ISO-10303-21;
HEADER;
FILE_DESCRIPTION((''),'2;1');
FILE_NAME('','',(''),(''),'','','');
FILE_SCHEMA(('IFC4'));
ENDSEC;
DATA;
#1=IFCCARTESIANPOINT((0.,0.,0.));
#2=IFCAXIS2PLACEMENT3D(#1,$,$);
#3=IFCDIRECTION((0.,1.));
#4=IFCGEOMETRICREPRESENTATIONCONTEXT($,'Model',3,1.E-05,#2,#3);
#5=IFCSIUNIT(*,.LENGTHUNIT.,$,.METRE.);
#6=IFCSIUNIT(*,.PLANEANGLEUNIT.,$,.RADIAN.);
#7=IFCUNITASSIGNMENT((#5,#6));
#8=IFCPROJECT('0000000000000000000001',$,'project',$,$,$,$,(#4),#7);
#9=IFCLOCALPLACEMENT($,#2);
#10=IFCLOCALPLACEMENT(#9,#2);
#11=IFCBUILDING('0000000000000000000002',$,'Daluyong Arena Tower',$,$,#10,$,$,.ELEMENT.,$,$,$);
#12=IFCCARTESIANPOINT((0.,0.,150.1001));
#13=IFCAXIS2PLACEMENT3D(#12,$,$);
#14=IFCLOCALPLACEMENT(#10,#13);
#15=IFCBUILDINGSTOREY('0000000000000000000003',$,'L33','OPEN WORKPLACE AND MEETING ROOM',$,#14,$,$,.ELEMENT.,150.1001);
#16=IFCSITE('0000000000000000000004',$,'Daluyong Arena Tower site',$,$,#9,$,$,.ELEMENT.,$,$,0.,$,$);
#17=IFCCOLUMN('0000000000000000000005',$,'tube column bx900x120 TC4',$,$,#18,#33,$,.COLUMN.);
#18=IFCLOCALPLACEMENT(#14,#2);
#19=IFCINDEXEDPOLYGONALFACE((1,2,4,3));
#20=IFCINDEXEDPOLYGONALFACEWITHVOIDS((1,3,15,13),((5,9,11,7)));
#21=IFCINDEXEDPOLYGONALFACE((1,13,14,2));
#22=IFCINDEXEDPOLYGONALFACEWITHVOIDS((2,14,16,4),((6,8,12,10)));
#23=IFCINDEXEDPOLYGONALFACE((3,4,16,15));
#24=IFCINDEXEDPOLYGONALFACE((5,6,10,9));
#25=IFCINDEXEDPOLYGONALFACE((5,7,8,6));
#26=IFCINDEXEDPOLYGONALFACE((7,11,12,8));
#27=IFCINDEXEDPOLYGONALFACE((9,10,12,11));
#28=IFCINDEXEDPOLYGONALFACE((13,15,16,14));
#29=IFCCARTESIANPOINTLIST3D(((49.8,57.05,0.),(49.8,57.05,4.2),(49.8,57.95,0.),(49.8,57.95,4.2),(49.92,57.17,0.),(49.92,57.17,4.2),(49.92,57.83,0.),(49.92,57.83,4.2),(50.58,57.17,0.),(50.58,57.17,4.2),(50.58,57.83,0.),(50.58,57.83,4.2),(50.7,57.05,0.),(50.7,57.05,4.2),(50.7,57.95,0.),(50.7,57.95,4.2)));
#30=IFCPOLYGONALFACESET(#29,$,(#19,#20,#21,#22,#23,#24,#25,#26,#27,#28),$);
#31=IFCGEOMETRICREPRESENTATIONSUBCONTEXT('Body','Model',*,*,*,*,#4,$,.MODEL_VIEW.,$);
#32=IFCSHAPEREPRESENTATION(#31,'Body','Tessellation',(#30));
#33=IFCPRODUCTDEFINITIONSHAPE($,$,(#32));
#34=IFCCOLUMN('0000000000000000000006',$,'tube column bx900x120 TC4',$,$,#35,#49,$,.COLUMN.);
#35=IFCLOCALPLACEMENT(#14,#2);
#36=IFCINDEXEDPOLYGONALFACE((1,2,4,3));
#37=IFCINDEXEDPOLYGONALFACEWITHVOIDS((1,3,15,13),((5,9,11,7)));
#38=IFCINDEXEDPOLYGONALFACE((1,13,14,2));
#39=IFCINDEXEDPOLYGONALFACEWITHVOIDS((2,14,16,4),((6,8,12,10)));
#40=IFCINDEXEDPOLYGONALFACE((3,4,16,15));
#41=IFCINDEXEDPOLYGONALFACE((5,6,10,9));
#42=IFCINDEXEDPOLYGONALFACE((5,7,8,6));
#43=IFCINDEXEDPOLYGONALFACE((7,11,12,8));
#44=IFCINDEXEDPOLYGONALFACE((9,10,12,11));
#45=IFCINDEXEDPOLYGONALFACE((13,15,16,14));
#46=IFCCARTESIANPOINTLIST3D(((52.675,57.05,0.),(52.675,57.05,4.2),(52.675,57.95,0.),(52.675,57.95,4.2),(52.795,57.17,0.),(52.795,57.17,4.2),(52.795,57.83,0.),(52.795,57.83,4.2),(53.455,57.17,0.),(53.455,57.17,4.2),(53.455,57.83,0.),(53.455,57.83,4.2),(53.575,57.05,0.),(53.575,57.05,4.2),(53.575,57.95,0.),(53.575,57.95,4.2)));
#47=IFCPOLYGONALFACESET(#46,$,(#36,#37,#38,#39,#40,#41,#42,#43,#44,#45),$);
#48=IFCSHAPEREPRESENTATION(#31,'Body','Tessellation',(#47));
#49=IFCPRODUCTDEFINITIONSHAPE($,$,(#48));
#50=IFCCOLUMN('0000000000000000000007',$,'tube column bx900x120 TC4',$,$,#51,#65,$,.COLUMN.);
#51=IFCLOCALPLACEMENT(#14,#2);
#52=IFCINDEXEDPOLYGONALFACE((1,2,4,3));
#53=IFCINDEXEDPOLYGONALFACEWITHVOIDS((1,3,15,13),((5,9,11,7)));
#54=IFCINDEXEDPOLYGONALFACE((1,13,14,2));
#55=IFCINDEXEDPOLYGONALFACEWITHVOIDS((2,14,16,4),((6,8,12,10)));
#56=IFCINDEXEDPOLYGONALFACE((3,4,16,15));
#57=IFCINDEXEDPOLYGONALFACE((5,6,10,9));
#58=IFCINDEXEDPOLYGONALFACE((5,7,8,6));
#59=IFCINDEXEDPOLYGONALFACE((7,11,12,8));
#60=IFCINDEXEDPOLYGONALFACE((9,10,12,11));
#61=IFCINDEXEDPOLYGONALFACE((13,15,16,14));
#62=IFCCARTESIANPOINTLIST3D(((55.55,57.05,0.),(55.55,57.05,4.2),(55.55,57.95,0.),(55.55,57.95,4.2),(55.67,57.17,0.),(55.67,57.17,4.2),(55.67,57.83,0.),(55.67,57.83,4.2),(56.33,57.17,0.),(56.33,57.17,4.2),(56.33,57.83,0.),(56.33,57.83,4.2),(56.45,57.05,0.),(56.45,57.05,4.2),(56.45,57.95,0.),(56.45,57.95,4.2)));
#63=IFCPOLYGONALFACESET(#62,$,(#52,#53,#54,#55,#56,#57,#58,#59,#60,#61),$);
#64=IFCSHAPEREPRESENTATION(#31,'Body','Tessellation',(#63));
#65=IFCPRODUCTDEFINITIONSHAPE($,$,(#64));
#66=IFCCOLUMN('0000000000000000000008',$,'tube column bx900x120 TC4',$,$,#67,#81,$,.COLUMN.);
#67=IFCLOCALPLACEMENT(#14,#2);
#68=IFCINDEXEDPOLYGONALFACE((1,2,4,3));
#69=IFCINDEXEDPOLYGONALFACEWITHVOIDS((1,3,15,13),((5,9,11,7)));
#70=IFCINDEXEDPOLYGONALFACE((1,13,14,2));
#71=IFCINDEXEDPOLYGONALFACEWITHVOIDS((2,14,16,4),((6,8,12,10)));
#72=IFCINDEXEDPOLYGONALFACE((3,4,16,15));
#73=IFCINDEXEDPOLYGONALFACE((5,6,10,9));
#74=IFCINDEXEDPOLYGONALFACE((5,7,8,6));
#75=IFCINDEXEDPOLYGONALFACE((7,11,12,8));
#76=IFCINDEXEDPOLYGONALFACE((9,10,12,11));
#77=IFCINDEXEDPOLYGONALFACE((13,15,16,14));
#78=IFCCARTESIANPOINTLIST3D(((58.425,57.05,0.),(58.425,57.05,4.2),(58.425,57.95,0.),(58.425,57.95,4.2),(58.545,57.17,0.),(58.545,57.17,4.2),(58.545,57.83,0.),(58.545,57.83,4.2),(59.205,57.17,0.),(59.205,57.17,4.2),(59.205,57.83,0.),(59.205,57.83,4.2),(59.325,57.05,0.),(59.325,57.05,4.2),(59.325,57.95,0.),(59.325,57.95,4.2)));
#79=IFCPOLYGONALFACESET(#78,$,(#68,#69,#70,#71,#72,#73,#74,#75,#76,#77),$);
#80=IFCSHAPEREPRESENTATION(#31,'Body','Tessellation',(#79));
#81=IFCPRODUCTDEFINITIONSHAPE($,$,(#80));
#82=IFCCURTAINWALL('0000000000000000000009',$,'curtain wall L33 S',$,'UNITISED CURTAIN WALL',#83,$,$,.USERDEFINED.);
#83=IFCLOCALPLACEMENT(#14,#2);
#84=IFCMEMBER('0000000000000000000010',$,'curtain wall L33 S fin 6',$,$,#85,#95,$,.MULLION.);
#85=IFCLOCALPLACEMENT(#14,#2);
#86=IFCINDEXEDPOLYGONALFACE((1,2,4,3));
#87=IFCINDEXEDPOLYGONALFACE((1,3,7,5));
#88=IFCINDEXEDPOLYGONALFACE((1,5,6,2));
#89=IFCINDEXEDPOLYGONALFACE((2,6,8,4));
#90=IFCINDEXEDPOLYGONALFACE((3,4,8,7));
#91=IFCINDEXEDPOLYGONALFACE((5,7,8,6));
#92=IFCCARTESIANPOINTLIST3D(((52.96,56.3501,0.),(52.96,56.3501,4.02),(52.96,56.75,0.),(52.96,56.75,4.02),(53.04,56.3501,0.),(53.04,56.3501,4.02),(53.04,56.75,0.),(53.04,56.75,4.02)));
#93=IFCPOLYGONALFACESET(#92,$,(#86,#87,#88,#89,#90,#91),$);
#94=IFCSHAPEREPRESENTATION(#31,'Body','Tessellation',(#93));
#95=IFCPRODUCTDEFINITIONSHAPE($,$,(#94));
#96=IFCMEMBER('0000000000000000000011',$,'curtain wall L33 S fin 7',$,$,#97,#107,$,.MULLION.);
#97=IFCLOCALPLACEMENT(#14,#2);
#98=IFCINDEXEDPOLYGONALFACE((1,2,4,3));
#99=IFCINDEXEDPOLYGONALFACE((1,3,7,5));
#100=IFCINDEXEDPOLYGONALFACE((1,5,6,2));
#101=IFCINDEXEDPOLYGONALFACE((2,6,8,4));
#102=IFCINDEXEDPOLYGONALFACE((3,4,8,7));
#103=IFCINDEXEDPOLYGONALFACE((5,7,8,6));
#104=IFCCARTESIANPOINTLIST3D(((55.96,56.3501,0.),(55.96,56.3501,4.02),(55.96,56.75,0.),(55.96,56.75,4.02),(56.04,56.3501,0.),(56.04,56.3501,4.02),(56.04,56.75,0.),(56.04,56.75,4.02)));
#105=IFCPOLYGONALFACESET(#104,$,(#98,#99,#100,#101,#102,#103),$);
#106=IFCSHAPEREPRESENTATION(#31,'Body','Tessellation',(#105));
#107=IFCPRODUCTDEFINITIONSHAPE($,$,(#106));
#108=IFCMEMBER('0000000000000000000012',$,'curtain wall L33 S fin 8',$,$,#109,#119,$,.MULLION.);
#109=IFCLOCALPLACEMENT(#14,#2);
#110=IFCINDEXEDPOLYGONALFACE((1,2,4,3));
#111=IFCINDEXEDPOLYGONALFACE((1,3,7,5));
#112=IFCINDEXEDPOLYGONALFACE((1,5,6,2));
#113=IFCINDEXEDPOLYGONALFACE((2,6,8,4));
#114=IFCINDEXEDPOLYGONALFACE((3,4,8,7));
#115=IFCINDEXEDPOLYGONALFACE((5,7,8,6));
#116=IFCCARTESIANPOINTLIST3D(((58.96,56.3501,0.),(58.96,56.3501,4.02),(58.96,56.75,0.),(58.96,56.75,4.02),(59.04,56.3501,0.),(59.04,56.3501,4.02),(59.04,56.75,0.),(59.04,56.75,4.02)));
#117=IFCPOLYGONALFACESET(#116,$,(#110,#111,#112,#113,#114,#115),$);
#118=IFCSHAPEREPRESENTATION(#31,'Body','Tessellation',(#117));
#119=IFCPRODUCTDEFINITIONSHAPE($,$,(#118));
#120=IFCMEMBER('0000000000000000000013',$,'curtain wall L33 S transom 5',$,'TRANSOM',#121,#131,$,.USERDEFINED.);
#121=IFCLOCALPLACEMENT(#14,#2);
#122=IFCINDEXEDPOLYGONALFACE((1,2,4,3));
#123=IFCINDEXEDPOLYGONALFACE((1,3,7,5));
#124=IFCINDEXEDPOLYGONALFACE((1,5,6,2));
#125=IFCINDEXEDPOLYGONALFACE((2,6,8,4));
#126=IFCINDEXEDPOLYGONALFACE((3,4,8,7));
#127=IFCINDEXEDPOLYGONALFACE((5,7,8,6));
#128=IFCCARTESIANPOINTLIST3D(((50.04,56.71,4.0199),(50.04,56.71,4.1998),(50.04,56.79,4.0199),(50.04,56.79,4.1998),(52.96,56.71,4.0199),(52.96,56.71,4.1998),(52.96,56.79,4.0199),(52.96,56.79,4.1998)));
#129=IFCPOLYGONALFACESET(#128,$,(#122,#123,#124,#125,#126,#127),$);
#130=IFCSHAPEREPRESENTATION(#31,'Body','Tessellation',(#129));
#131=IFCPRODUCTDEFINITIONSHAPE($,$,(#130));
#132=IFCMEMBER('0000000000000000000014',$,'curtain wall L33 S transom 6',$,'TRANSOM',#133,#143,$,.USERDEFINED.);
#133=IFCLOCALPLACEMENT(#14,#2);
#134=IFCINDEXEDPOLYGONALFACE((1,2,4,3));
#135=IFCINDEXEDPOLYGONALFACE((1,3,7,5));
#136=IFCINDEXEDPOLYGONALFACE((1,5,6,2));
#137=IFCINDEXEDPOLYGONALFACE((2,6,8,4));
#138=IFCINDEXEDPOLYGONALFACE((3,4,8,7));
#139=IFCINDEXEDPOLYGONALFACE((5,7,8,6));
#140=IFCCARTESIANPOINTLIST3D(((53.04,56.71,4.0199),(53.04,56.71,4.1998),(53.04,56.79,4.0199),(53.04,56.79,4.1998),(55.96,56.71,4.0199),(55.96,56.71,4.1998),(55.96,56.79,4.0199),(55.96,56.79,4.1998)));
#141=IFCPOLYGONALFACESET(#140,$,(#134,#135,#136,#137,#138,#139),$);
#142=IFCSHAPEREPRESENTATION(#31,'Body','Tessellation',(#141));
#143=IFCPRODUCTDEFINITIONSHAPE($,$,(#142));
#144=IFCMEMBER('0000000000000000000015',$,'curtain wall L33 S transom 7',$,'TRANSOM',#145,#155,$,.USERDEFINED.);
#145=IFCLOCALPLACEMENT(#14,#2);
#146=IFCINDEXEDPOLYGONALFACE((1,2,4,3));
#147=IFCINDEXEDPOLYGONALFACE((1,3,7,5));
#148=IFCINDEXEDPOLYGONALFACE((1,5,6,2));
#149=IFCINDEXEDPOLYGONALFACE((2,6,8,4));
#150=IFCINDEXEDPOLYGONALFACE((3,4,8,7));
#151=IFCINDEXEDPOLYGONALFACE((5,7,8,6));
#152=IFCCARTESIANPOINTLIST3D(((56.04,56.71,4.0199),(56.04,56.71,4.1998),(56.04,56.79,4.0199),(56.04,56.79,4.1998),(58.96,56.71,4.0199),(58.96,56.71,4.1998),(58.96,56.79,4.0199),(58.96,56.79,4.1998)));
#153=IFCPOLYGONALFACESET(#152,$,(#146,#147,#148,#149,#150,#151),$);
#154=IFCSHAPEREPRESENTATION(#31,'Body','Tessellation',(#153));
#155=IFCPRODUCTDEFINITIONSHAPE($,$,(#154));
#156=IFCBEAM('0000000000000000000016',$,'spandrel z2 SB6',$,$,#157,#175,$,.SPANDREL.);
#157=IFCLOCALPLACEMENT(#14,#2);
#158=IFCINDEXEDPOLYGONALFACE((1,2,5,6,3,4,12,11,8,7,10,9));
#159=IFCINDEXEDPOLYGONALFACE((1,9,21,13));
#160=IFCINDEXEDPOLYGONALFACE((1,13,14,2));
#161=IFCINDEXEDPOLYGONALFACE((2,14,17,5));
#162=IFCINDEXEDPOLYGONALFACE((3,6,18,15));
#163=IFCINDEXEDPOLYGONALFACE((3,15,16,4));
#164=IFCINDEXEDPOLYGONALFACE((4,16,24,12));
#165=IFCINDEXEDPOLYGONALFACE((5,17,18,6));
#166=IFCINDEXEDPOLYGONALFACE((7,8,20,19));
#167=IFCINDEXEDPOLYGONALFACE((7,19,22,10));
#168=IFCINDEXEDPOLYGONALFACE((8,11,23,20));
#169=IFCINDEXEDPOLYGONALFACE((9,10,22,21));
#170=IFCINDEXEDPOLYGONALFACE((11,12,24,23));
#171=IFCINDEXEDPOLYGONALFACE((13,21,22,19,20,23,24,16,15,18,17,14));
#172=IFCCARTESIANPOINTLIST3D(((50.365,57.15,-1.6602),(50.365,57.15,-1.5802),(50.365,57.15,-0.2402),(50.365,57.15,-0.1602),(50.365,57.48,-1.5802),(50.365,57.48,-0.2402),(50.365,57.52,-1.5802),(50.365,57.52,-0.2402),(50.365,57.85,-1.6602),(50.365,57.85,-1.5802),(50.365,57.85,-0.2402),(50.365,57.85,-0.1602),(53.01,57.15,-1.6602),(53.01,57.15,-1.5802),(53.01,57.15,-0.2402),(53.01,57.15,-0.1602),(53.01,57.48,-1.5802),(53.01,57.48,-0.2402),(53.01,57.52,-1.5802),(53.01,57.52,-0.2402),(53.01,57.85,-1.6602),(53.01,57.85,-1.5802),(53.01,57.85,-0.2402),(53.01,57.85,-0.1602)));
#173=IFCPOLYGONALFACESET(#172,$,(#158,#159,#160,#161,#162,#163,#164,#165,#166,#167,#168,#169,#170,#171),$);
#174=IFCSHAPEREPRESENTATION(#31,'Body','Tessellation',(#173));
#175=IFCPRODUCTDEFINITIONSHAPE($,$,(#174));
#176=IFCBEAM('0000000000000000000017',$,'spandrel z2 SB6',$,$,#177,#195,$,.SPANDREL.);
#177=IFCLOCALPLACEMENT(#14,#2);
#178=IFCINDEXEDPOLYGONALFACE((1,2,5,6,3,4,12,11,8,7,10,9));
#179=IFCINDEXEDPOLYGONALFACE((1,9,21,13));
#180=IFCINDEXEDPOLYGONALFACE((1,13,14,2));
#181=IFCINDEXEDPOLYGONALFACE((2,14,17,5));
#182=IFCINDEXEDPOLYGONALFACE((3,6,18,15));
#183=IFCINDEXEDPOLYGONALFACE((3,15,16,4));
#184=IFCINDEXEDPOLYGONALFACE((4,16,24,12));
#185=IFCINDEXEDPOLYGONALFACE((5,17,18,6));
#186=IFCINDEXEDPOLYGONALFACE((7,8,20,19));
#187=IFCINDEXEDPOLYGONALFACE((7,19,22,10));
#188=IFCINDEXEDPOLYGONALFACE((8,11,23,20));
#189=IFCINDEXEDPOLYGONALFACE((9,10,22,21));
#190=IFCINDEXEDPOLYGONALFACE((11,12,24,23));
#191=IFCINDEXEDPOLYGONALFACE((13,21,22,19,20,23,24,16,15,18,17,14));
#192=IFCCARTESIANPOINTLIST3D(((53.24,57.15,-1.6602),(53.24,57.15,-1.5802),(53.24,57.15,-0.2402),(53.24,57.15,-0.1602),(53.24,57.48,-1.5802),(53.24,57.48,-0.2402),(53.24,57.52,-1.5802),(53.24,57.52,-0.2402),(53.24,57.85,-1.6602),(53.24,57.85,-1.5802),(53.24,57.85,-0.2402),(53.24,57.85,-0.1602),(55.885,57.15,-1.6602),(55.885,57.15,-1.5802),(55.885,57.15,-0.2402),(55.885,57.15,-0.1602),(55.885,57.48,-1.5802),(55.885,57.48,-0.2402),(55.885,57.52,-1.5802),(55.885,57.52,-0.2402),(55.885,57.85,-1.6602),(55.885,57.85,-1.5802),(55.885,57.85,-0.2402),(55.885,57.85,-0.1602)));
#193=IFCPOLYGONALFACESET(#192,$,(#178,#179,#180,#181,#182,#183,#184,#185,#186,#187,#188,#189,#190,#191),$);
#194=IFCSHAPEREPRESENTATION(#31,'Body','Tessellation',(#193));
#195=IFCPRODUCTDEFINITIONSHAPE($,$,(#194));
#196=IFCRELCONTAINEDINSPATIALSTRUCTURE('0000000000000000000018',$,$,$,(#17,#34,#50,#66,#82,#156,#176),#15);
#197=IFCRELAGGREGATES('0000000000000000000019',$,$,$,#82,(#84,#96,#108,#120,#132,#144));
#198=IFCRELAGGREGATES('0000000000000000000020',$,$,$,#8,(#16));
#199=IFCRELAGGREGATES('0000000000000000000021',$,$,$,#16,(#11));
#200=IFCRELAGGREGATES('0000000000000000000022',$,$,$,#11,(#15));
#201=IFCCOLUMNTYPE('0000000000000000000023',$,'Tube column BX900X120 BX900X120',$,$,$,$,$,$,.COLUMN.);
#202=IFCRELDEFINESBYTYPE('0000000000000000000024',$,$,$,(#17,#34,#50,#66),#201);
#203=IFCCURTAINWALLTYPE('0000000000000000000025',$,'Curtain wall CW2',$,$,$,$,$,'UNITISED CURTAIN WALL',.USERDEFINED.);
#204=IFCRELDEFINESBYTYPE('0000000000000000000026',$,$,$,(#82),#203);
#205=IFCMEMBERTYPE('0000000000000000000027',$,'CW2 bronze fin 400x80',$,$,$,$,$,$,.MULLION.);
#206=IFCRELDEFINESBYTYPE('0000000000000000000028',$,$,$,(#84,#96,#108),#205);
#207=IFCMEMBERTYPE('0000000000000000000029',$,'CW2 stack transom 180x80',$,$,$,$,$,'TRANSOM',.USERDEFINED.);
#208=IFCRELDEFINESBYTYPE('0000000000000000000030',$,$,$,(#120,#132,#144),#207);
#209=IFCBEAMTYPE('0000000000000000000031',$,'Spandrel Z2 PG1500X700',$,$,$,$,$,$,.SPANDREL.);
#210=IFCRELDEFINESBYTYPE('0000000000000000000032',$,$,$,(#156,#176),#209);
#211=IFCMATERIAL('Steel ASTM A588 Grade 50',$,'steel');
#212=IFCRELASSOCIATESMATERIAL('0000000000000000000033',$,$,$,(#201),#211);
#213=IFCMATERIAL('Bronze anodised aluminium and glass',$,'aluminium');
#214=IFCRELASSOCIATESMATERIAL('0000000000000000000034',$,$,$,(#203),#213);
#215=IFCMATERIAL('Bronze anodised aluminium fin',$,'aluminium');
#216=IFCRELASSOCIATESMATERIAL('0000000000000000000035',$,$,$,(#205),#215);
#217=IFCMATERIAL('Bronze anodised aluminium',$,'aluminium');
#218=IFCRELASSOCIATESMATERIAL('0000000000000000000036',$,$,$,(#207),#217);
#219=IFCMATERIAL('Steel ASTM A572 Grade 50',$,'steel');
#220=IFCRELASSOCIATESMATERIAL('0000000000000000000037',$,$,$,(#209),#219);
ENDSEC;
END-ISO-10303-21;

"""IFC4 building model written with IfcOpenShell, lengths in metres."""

from ifc_helpers import new_model, si_unit, direction, frame, origin, origin_2d, place, context, subcontext, project, spatial, rectangle, hollow_rectangle, i_section, extrude, material, material_profile, profile_set, type_object, element, aggregate, save


model = new_model("IFC4")

# Units and contexts
model_context = context("Model", 3, precision=1e-05, world=origin(), true_north=direction((0.0, 1.0)))
body_context = subcontext(model_context, "Body", "Model", "MODEL_VIEW")
ifc_project = project(units=[si_unit("LENGTHUNIT", "METRE"), si_unit("PLANEANGLEUNIT", "RADIAN")], contexts=[model_context])

# Site, building, storey
site_placement = place(None, origin())
site = spatial("IfcSite", under=ifc_project, at=site_placement, Name="Daluyong Arena Tower site", CompositionType="ELEMENT", RefElevation=0.0)
building_placement = place(site_placement, origin())
building = spatial("IfcBuilding", under=site, at=building_placement, Name="Daluyong Arena Tower", CompositionType="ELEMENT")
storey_placement = place(building_placement, frame((0.0, 0.0, 150.1001)))
storey = spatial("IfcBuildingStorey", under=building, at=storey_placement, Name="L33", Description="OPEN WORKPLACE AND MEETING ROOM", CompositionType="ELEMENT", Elevation=150.1001)

# Columns
ifc_material_1 = material(Name="Steel ASTM A588 Grade 50", Category="steel")
ifc_material_profile_1 = material_profile(ifc_material_1, hollow_rectangle(XDim=0.8999, YDim=0.8999, WallThickness=0.12, at=origin_2d()))
ifc_profile_set_1 = profile_set([ifc_material_profile_1], Name="Steel ASTM A588 Grade 50")
column_type = type_object("IfcColumnType", Name="Tube column BX900X120 BX900X120", PredefinedType="COLUMN", material=ifc_profile_set_1)
for number, where, z_axis, x_axis, name in (
    (1, (50.25, 57.5, 0.0), (0.0, 0.0, 1.0), (1.0, 0.0, 0.0), "tube column bx900x120 TC4"),
    (2, (53.125, 57.5, 0.0), (0.0, 0.0, 1.0), (1.0, 0.0, 0.0), "tube column bx900x120 TC4"),
    (3, (56.0, 57.5, 0.0), (0.0, 0.0, 1.0), (1.0, 0.0, 0.0), "tube column bx900x120 TC4"),
    (4, (58.875, 57.5, 0.0), (0.0, 0.0, 1.0), (1.0, 0.0, 0.0), "tube column bx900x120 TC4"),
):
    element("IfcColumn", number, at=place(storey_placement, frame(where, z_axis=z_axis, x_axis=x_axis)), inside=storey, type_object=column_type, Name=name, PredefinedType="COLUMN", context=body_context, shape_type="SweptSolid", body=[
        extrude(hollow_rectangle(XDim=0.8999, YDim=0.8999, WallThickness=0.12, at=origin_2d()), origin(), (0.0, 0.0, 1.0), 4.2),
    ])

# Curtain wall, members
ifc_material_2 = material(Name="Bronze anodised aluminium and glass", Category="aluminium")
curtain_wall_type = type_object("IfcCurtainWallType", Name="Curtain wall CW2", ElementType="UNITISED CURTAIN WALL", PredefinedType="USERDEFINED", material=ifc_material_2)
curtain_wall_placement = place(storey_placement, origin())
curtain_wall = element("IfcCurtainWall", 5, at=curtain_wall_placement, inside=storey, type_object=curtain_wall_type, Name="curtain wall L33 S", ObjectType="UNITISED CURTAIN WALL", PredefinedType="USERDEFINED")
ifc_material_3 = material(Name="Bronze anodised aluminium fin", Category="aluminium")
ifc_material_profile_2 = material_profile(ifc_material_3, rectangle(XDim=0.3999, YDim=0.0801, at=origin_2d()))
ifc_profile_set_2 = profile_set([ifc_material_profile_2], Name="Bronze anodised aluminium fin")
member_type_1 = type_object("IfcMemberType", Name="CW2 bronze fin 400x80", PredefinedType="MULLION", material=ifc_profile_set_2)
member_1_placement = place(storey_placement, frame((53.0, 56.55, 0.0), z_axis=(0.0, 0.0, 1.0), x_axis=(0.0, 1.0, 0.0)))
member_1 = element("IfcMember", 6, at=member_1_placement, type_object=member_type_1, Name="curtain wall L33 S fin 6", PredefinedType="MULLION", context=body_context, shape_type="SweptSolid", body=[
    extrude(rectangle(XDim=0.3999, YDim=0.0801, at=origin_2d()), origin(), (0.0, 0.0, 1.0), 4.02),
])
member_2_placement = place(storey_placement, frame((56.0, 56.55, 0.0), z_axis=(0.0, 0.0, 1.0), x_axis=(0.0, 1.0, 0.0)))
member_2 = element("IfcMember", 7, at=member_2_placement, type_object=member_type_1, Name="curtain wall L33 S fin 7", PredefinedType="MULLION", context=body_context, shape_type="SweptSolid", body=[
    extrude(rectangle(XDim=0.3999, YDim=0.0801, at=origin_2d()), origin(), (0.0, 0.0, 1.0), 4.02),
])
member_3_placement = place(storey_placement, frame((59.0, 56.55, 0.0), z_axis=(0.0, 0.0, 1.0), x_axis=(0.0, 1.0, 0.0)))
member_3 = element("IfcMember", 8, at=member_3_placement, type_object=member_type_1, Name="curtain wall L33 S fin 8", PredefinedType="MULLION", context=body_context, shape_type="SweptSolid", body=[
    extrude(rectangle(XDim=0.3999, YDim=0.0801, at=origin_2d()), origin(), (0.0, 0.0, 1.0), 4.02),
])
ifc_material_4 = material(Name="Bronze anodised aluminium", Category="aluminium")
ifc_material_profile_3 = material_profile(ifc_material_4, rectangle(XDim=0.0801, YDim=0.1799, at=origin_2d()))
ifc_profile_set_3 = profile_set([ifc_material_profile_3], Name="Bronze anodised aluminium")
member_type_2 = type_object("IfcMemberType", Name="CW2 stack transom 180x80", ElementType="TRANSOM", PredefinedType="USERDEFINED", material=ifc_profile_set_3)
member_4_placement = place(storey_placement, frame((50.04, 56.75, 4.1099), z_axis=(1.0, 0.0, 0.0), x_axis=(0.0, 1.0, 0.0)))
member_4 = element("IfcMember", 9, at=member_4_placement, type_object=member_type_2, Name="curtain wall L33 S transom 5", ObjectType="TRANSOM", PredefinedType="USERDEFINED", context=body_context, shape_type="SweptSolid", body=[
    extrude(rectangle(XDim=0.0801, YDim=0.1799, at=origin_2d()), origin(), (0.0, 0.0, 1.0), 2.9199),
])
member_5_placement = place(storey_placement, frame((53.04, 56.75, 4.1099), z_axis=(1.0, 0.0, 0.0), x_axis=(0.0, 1.0, 0.0)))
member_5 = element("IfcMember", 10, at=member_5_placement, type_object=member_type_2, Name="curtain wall L33 S transom 6", ObjectType="TRANSOM", PredefinedType="USERDEFINED", context=body_context, shape_type="SweptSolid", body=[
    extrude(rectangle(XDim=0.0801, YDim=0.1799, at=origin_2d()), origin(), (0.0, 0.0, 1.0), 2.9199),
])
member_6_placement = place(storey_placement, frame((56.04, 56.75, 4.1099), z_axis=(1.0, 0.0, 0.0), x_axis=(0.0, 1.0, 0.0)))
member_6 = element("IfcMember", 11, at=member_6_placement, type_object=member_type_2, Name="curtain wall L33 S transom 7", ObjectType="TRANSOM", PredefinedType="USERDEFINED", context=body_context, shape_type="SweptSolid", body=[
    extrude(rectangle(XDim=0.0801, YDim=0.1799, at=origin_2d()), origin(), (0.0, 0.0, 1.0), 2.9199),
])

# Beams
ifc_material_5 = material(Name="Steel ASTM A572 Grade 50", Category="steel")
ifc_material_profile_4 = material_profile(ifc_material_5, i_section(OverallWidth=0.7, OverallDepth=1.5, WebThickness=0.04, FlangeThickness=0.08, at=origin_2d()))
ifc_profile_set_4 = profile_set([ifc_material_profile_4], Name="Steel ASTM A572 Grade 50")
beam_type = type_object("IfcBeamType", Name="Spandrel Z2 PG1500X700", PredefinedType="SPANDREL", material=ifc_profile_set_4)
for number, where, z_axis, x_axis, name in (
    (12, (50.365, 57.5, -0.9102), (1.0, 0.0, 0.0), (0.0, 1.0, 0.0), "spandrel z2 SB6"),
    (13, (53.24, 57.5, -0.9102), (1.0, 0.0, 0.0), (0.0, 1.0, 0.0), "spandrel z2 SB6"),
):
    element("IfcBeam", number, at=place(storey_placement, frame(where, z_axis=z_axis, x_axis=x_axis)), inside=storey, type_object=beam_type, Name=name, PredefinedType="SPANDREL", context=body_context, shape_type="SweptSolid", body=[
        extrude(i_section(OverallWidth=0.7, OverallDepth=1.5, WebThickness=0.04, FlangeThickness=0.08, at=origin_2d()), origin(), (0.0, 0.0, 1.0), 2.645),
    ])

aggregate(curtain_wall, [member_1, member_2, member_3, member_4, member_5, member_6])

save(model, "model.ifc")
